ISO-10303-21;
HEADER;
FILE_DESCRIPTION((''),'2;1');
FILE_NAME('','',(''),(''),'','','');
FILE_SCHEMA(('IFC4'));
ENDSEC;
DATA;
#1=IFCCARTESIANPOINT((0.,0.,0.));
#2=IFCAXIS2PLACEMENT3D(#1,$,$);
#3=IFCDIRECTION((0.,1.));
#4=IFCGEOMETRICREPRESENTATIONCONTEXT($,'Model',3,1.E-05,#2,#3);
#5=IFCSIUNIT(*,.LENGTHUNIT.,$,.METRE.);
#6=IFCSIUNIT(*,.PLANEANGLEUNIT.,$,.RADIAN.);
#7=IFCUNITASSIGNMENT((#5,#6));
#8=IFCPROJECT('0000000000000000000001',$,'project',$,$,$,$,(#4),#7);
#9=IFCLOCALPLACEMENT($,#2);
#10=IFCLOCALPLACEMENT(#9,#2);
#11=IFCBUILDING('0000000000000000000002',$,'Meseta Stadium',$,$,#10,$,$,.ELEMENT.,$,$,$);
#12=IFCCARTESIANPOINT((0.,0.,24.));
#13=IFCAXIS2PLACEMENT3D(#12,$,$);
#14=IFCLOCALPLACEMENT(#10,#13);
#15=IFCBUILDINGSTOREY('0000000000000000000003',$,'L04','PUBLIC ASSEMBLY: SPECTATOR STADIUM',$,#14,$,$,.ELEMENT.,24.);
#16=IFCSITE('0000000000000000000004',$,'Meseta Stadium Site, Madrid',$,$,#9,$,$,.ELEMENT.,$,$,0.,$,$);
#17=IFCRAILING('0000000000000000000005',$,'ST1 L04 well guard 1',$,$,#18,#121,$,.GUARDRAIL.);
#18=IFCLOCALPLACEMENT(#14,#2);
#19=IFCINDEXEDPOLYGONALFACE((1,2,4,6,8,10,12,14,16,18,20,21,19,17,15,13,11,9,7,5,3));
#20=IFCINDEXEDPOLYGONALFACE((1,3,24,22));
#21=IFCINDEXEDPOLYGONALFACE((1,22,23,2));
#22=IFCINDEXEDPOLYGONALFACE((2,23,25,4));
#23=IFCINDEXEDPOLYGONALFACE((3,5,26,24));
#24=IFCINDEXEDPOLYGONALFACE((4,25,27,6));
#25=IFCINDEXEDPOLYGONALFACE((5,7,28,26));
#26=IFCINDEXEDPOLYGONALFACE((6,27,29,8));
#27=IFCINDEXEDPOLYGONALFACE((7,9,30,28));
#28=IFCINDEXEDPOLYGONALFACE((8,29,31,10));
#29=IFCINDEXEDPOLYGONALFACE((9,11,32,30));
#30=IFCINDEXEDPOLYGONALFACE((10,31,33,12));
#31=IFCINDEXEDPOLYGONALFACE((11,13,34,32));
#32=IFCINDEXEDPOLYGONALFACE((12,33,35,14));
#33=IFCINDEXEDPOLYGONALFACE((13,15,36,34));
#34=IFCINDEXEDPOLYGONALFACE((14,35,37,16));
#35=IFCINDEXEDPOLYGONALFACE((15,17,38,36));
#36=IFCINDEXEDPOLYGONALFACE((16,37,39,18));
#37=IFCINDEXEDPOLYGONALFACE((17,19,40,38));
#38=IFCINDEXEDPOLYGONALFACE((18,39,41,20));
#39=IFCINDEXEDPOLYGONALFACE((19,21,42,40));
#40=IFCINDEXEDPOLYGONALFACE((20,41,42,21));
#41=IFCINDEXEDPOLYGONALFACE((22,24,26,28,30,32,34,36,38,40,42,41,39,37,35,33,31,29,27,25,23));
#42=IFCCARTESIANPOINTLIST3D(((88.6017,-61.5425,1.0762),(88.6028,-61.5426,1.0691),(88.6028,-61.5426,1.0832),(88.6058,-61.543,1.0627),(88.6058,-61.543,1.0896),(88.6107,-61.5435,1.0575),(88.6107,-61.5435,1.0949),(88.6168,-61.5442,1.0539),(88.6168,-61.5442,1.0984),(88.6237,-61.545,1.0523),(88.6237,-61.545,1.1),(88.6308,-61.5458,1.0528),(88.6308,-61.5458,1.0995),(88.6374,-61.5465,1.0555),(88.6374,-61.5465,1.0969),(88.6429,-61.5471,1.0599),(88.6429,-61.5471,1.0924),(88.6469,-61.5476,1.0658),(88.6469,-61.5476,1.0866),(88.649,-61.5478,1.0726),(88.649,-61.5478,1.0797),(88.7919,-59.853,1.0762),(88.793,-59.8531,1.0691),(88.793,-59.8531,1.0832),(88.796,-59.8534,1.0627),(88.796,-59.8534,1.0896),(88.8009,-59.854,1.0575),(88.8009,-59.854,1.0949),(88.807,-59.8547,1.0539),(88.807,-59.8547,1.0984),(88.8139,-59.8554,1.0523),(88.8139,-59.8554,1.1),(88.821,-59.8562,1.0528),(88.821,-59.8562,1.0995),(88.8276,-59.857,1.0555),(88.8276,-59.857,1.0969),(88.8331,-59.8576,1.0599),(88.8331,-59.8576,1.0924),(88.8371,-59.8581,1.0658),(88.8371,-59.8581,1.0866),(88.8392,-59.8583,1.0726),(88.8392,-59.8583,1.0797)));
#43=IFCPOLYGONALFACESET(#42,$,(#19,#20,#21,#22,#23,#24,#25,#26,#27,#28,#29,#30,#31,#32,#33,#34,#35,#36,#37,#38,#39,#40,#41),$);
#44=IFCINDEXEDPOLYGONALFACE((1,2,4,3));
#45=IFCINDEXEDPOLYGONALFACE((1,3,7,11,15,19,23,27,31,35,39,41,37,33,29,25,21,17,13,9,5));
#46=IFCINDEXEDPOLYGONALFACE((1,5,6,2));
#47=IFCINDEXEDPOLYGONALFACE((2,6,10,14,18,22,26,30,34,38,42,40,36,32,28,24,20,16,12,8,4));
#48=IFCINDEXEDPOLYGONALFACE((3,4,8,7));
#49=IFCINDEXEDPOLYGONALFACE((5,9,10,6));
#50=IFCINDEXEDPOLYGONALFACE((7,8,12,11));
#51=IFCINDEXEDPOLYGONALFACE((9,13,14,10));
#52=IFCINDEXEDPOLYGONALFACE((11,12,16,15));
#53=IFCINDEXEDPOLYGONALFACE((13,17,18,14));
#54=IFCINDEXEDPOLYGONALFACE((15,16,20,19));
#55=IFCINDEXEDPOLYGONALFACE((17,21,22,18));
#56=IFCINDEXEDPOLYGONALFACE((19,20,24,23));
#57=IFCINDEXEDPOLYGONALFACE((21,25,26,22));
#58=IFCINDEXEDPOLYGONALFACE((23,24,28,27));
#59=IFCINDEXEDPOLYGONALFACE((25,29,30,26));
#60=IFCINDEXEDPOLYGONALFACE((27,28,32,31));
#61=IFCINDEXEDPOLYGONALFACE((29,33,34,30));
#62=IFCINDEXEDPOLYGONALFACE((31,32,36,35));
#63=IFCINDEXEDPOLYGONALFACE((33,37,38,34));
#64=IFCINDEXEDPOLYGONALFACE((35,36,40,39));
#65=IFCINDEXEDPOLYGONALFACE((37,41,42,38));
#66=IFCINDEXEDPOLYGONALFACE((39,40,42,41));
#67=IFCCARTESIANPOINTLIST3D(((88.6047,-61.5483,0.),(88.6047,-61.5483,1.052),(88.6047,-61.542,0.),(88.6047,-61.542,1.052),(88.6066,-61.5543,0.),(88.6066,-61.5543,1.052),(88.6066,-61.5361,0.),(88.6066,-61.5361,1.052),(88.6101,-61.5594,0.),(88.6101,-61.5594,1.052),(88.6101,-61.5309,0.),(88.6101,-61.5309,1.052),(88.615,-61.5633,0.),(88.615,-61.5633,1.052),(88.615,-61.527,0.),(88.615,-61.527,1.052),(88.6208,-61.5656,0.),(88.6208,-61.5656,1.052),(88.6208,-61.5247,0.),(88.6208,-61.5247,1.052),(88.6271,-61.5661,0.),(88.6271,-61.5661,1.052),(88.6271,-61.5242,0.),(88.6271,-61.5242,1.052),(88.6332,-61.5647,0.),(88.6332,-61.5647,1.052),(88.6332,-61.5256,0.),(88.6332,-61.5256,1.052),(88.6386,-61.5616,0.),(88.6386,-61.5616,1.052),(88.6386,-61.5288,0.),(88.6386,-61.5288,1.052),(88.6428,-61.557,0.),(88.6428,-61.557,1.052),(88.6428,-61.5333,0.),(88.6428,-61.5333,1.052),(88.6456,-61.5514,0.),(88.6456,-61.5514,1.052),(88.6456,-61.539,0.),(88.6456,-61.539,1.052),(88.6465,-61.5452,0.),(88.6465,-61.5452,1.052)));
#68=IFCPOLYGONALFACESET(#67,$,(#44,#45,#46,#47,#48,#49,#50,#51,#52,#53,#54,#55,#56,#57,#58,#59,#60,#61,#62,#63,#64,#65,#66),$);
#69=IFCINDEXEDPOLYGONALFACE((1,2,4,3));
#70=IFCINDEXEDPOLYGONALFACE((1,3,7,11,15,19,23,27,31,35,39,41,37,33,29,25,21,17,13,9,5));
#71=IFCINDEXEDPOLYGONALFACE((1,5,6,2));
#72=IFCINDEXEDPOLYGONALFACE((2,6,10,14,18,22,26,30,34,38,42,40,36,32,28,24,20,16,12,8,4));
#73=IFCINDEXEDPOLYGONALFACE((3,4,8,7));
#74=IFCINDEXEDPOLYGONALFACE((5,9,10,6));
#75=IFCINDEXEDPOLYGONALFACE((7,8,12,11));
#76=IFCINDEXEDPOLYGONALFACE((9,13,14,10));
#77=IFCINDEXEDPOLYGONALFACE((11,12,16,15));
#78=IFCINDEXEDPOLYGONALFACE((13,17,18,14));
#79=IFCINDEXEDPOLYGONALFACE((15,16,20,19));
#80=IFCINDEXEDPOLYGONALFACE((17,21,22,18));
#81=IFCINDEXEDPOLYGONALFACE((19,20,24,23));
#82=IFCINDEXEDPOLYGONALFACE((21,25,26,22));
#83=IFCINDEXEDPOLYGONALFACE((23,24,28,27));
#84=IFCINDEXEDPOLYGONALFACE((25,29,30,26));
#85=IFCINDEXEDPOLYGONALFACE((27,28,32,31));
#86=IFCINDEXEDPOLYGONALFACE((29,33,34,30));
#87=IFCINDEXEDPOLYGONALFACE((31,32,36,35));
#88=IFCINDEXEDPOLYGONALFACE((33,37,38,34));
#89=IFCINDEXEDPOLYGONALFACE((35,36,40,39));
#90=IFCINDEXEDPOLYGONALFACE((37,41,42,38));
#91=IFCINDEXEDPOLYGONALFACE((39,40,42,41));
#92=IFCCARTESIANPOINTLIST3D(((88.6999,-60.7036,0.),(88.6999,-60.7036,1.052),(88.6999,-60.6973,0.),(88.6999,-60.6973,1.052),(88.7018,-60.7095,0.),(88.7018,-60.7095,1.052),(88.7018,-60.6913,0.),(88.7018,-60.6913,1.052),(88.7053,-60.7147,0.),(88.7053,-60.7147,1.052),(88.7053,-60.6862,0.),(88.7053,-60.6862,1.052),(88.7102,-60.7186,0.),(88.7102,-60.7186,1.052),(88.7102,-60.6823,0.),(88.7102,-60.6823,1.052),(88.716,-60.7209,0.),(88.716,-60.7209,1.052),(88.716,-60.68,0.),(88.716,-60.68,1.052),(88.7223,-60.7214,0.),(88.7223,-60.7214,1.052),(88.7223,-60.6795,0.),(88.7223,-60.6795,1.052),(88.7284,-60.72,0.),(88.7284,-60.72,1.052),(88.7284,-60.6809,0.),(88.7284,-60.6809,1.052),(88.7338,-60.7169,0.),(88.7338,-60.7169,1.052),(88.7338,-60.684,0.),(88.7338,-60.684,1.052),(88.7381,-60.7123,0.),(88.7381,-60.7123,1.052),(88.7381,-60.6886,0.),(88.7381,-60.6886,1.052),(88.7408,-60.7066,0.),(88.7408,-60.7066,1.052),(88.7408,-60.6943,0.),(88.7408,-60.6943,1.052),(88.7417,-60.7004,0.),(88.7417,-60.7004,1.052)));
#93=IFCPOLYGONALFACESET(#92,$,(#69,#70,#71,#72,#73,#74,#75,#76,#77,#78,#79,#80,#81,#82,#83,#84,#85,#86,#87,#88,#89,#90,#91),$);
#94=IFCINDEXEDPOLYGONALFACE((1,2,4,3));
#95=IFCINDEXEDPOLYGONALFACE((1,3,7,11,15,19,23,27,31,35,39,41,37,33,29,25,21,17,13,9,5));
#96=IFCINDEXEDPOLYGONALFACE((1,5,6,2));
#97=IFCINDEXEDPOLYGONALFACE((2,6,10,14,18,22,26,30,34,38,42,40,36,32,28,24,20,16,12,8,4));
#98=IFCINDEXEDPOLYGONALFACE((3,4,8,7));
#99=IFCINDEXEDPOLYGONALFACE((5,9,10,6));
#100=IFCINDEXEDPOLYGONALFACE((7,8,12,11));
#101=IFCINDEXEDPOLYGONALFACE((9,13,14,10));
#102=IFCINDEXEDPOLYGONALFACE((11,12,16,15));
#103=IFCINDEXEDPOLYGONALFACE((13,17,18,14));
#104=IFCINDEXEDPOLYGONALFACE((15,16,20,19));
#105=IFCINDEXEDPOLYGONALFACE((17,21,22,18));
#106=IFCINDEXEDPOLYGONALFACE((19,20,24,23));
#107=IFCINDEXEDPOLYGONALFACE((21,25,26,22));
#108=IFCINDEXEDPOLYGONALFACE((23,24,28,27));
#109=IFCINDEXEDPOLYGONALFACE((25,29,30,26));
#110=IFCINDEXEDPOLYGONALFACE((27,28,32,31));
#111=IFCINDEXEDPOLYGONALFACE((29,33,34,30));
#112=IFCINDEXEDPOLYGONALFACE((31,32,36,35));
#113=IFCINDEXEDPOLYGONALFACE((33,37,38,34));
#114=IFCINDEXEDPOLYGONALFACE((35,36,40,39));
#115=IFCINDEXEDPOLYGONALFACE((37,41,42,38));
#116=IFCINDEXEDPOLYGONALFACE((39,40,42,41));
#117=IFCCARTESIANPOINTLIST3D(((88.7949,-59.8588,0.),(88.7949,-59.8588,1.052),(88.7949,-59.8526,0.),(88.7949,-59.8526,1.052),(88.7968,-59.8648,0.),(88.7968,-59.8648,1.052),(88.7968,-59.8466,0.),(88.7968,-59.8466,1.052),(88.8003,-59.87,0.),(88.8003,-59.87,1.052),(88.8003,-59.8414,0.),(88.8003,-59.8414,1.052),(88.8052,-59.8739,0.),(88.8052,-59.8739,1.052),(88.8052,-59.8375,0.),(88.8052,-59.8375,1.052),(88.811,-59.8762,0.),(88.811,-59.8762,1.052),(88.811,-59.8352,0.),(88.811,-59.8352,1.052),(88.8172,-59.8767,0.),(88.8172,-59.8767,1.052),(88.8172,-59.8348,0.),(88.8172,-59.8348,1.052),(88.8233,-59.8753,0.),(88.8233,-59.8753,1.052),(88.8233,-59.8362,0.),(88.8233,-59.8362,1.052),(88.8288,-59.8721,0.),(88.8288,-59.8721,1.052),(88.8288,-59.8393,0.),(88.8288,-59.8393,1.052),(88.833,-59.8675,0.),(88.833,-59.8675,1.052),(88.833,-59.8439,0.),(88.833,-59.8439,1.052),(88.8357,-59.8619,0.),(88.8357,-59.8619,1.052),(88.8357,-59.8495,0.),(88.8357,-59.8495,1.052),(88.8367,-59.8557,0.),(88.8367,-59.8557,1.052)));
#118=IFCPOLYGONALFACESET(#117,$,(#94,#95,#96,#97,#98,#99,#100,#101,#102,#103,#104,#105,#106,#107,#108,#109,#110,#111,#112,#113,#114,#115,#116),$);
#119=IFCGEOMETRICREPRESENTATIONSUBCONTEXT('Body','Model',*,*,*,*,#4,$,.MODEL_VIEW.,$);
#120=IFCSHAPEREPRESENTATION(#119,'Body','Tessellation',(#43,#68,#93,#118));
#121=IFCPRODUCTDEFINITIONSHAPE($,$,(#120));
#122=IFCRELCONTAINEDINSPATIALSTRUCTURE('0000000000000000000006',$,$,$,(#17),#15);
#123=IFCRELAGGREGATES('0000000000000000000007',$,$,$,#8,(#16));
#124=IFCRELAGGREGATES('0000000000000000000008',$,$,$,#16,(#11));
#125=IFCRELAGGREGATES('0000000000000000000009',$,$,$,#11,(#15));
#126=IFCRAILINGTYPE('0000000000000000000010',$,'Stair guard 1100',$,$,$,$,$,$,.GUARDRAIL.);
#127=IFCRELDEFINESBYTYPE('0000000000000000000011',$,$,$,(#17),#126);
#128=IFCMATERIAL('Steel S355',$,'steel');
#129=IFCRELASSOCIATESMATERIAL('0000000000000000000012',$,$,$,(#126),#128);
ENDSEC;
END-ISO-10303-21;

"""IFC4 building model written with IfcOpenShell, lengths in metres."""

from ifc_helpers import new_model, si_unit, direction, frame, origin, origin_2d, place, context, subcontext, project, spatial, circle, extrude, material, type_object, element, save


model = new_model("IFC4")

# Units and contexts
model_context = context("Model", 3, precision=1e-05, world=origin(), true_north=direction((0.0, 1.0)))
body_context = subcontext(model_context, "Body", "Model", "MODEL_VIEW")
ifc_project = project(units=[si_unit("LENGTHUNIT", "METRE"), si_unit("PLANEANGLEUNIT", "RADIAN")], contexts=[model_context])

# Site, building, storey
site_placement = place(None, origin())
site = spatial("IfcSite", under=ifc_project, at=site_placement, Name="Meseta Stadium Site, Madrid", CompositionType="ELEMENT", RefElevation=0.0)
building_placement = place(site_placement, origin())
building = spatial("IfcBuilding", under=site, at=building_placement, Name="Meseta Stadium", CompositionType="ELEMENT")
storey_placement = place(building_placement, frame((0.0, 0.0, 24.0)))
storey = spatial("IfcBuildingStorey", under=building, at=storey_placement, Name="L04", Description="PUBLIC ASSEMBLY: SPECTATOR STADIUM", CompositionType="ELEMENT", Elevation=24.0)

# Railing
ifc_material_1 = material(Name="Steel S355", Category="steel")
railing_type = type_object("IfcRailingType", Name="Stair guard 1100", PredefinedType="GUARDRAIL", material=ifc_material_1)
railing_1_placement = place(storey_placement, frame((88.6255, -61.5452, 0.0)))
element("IfcRailing", 1, at=railing_1_placement, inside=storey, type_object=railing_type, Name="ST1 L04 well guard 1", PredefinedType="GUARDRAIL", context=body_context, shape_type="SweptSolid", body=[
    extrude(circle(Radius=0.0239, at=origin_2d()), frame((0.0, 0.0, 1.0762), z_axis=(0.111866, 0.993723, 0.0), x_axis=(-0.993723, 0.111866, 0.0)), (0.0, 0.0, 1.0), 1.7002),
    extrude(circle(Radius=0.021, at=origin_2d()), origin(), (0.0, 0.0, 1.0), 1.052),
    extrude(circle(Radius=0.021, at=origin_2d()), frame((0.0952, 0.8447, 0.0)), (0.0, 0.0, 1.0), 1.052),
    extrude(circle(Radius=0.021, at=origin_2d()), frame((0.1902, 1.6895, 0.0)), (0.0, 0.0, 1.0), 1.052),
])

save(model, "model.ifc")
